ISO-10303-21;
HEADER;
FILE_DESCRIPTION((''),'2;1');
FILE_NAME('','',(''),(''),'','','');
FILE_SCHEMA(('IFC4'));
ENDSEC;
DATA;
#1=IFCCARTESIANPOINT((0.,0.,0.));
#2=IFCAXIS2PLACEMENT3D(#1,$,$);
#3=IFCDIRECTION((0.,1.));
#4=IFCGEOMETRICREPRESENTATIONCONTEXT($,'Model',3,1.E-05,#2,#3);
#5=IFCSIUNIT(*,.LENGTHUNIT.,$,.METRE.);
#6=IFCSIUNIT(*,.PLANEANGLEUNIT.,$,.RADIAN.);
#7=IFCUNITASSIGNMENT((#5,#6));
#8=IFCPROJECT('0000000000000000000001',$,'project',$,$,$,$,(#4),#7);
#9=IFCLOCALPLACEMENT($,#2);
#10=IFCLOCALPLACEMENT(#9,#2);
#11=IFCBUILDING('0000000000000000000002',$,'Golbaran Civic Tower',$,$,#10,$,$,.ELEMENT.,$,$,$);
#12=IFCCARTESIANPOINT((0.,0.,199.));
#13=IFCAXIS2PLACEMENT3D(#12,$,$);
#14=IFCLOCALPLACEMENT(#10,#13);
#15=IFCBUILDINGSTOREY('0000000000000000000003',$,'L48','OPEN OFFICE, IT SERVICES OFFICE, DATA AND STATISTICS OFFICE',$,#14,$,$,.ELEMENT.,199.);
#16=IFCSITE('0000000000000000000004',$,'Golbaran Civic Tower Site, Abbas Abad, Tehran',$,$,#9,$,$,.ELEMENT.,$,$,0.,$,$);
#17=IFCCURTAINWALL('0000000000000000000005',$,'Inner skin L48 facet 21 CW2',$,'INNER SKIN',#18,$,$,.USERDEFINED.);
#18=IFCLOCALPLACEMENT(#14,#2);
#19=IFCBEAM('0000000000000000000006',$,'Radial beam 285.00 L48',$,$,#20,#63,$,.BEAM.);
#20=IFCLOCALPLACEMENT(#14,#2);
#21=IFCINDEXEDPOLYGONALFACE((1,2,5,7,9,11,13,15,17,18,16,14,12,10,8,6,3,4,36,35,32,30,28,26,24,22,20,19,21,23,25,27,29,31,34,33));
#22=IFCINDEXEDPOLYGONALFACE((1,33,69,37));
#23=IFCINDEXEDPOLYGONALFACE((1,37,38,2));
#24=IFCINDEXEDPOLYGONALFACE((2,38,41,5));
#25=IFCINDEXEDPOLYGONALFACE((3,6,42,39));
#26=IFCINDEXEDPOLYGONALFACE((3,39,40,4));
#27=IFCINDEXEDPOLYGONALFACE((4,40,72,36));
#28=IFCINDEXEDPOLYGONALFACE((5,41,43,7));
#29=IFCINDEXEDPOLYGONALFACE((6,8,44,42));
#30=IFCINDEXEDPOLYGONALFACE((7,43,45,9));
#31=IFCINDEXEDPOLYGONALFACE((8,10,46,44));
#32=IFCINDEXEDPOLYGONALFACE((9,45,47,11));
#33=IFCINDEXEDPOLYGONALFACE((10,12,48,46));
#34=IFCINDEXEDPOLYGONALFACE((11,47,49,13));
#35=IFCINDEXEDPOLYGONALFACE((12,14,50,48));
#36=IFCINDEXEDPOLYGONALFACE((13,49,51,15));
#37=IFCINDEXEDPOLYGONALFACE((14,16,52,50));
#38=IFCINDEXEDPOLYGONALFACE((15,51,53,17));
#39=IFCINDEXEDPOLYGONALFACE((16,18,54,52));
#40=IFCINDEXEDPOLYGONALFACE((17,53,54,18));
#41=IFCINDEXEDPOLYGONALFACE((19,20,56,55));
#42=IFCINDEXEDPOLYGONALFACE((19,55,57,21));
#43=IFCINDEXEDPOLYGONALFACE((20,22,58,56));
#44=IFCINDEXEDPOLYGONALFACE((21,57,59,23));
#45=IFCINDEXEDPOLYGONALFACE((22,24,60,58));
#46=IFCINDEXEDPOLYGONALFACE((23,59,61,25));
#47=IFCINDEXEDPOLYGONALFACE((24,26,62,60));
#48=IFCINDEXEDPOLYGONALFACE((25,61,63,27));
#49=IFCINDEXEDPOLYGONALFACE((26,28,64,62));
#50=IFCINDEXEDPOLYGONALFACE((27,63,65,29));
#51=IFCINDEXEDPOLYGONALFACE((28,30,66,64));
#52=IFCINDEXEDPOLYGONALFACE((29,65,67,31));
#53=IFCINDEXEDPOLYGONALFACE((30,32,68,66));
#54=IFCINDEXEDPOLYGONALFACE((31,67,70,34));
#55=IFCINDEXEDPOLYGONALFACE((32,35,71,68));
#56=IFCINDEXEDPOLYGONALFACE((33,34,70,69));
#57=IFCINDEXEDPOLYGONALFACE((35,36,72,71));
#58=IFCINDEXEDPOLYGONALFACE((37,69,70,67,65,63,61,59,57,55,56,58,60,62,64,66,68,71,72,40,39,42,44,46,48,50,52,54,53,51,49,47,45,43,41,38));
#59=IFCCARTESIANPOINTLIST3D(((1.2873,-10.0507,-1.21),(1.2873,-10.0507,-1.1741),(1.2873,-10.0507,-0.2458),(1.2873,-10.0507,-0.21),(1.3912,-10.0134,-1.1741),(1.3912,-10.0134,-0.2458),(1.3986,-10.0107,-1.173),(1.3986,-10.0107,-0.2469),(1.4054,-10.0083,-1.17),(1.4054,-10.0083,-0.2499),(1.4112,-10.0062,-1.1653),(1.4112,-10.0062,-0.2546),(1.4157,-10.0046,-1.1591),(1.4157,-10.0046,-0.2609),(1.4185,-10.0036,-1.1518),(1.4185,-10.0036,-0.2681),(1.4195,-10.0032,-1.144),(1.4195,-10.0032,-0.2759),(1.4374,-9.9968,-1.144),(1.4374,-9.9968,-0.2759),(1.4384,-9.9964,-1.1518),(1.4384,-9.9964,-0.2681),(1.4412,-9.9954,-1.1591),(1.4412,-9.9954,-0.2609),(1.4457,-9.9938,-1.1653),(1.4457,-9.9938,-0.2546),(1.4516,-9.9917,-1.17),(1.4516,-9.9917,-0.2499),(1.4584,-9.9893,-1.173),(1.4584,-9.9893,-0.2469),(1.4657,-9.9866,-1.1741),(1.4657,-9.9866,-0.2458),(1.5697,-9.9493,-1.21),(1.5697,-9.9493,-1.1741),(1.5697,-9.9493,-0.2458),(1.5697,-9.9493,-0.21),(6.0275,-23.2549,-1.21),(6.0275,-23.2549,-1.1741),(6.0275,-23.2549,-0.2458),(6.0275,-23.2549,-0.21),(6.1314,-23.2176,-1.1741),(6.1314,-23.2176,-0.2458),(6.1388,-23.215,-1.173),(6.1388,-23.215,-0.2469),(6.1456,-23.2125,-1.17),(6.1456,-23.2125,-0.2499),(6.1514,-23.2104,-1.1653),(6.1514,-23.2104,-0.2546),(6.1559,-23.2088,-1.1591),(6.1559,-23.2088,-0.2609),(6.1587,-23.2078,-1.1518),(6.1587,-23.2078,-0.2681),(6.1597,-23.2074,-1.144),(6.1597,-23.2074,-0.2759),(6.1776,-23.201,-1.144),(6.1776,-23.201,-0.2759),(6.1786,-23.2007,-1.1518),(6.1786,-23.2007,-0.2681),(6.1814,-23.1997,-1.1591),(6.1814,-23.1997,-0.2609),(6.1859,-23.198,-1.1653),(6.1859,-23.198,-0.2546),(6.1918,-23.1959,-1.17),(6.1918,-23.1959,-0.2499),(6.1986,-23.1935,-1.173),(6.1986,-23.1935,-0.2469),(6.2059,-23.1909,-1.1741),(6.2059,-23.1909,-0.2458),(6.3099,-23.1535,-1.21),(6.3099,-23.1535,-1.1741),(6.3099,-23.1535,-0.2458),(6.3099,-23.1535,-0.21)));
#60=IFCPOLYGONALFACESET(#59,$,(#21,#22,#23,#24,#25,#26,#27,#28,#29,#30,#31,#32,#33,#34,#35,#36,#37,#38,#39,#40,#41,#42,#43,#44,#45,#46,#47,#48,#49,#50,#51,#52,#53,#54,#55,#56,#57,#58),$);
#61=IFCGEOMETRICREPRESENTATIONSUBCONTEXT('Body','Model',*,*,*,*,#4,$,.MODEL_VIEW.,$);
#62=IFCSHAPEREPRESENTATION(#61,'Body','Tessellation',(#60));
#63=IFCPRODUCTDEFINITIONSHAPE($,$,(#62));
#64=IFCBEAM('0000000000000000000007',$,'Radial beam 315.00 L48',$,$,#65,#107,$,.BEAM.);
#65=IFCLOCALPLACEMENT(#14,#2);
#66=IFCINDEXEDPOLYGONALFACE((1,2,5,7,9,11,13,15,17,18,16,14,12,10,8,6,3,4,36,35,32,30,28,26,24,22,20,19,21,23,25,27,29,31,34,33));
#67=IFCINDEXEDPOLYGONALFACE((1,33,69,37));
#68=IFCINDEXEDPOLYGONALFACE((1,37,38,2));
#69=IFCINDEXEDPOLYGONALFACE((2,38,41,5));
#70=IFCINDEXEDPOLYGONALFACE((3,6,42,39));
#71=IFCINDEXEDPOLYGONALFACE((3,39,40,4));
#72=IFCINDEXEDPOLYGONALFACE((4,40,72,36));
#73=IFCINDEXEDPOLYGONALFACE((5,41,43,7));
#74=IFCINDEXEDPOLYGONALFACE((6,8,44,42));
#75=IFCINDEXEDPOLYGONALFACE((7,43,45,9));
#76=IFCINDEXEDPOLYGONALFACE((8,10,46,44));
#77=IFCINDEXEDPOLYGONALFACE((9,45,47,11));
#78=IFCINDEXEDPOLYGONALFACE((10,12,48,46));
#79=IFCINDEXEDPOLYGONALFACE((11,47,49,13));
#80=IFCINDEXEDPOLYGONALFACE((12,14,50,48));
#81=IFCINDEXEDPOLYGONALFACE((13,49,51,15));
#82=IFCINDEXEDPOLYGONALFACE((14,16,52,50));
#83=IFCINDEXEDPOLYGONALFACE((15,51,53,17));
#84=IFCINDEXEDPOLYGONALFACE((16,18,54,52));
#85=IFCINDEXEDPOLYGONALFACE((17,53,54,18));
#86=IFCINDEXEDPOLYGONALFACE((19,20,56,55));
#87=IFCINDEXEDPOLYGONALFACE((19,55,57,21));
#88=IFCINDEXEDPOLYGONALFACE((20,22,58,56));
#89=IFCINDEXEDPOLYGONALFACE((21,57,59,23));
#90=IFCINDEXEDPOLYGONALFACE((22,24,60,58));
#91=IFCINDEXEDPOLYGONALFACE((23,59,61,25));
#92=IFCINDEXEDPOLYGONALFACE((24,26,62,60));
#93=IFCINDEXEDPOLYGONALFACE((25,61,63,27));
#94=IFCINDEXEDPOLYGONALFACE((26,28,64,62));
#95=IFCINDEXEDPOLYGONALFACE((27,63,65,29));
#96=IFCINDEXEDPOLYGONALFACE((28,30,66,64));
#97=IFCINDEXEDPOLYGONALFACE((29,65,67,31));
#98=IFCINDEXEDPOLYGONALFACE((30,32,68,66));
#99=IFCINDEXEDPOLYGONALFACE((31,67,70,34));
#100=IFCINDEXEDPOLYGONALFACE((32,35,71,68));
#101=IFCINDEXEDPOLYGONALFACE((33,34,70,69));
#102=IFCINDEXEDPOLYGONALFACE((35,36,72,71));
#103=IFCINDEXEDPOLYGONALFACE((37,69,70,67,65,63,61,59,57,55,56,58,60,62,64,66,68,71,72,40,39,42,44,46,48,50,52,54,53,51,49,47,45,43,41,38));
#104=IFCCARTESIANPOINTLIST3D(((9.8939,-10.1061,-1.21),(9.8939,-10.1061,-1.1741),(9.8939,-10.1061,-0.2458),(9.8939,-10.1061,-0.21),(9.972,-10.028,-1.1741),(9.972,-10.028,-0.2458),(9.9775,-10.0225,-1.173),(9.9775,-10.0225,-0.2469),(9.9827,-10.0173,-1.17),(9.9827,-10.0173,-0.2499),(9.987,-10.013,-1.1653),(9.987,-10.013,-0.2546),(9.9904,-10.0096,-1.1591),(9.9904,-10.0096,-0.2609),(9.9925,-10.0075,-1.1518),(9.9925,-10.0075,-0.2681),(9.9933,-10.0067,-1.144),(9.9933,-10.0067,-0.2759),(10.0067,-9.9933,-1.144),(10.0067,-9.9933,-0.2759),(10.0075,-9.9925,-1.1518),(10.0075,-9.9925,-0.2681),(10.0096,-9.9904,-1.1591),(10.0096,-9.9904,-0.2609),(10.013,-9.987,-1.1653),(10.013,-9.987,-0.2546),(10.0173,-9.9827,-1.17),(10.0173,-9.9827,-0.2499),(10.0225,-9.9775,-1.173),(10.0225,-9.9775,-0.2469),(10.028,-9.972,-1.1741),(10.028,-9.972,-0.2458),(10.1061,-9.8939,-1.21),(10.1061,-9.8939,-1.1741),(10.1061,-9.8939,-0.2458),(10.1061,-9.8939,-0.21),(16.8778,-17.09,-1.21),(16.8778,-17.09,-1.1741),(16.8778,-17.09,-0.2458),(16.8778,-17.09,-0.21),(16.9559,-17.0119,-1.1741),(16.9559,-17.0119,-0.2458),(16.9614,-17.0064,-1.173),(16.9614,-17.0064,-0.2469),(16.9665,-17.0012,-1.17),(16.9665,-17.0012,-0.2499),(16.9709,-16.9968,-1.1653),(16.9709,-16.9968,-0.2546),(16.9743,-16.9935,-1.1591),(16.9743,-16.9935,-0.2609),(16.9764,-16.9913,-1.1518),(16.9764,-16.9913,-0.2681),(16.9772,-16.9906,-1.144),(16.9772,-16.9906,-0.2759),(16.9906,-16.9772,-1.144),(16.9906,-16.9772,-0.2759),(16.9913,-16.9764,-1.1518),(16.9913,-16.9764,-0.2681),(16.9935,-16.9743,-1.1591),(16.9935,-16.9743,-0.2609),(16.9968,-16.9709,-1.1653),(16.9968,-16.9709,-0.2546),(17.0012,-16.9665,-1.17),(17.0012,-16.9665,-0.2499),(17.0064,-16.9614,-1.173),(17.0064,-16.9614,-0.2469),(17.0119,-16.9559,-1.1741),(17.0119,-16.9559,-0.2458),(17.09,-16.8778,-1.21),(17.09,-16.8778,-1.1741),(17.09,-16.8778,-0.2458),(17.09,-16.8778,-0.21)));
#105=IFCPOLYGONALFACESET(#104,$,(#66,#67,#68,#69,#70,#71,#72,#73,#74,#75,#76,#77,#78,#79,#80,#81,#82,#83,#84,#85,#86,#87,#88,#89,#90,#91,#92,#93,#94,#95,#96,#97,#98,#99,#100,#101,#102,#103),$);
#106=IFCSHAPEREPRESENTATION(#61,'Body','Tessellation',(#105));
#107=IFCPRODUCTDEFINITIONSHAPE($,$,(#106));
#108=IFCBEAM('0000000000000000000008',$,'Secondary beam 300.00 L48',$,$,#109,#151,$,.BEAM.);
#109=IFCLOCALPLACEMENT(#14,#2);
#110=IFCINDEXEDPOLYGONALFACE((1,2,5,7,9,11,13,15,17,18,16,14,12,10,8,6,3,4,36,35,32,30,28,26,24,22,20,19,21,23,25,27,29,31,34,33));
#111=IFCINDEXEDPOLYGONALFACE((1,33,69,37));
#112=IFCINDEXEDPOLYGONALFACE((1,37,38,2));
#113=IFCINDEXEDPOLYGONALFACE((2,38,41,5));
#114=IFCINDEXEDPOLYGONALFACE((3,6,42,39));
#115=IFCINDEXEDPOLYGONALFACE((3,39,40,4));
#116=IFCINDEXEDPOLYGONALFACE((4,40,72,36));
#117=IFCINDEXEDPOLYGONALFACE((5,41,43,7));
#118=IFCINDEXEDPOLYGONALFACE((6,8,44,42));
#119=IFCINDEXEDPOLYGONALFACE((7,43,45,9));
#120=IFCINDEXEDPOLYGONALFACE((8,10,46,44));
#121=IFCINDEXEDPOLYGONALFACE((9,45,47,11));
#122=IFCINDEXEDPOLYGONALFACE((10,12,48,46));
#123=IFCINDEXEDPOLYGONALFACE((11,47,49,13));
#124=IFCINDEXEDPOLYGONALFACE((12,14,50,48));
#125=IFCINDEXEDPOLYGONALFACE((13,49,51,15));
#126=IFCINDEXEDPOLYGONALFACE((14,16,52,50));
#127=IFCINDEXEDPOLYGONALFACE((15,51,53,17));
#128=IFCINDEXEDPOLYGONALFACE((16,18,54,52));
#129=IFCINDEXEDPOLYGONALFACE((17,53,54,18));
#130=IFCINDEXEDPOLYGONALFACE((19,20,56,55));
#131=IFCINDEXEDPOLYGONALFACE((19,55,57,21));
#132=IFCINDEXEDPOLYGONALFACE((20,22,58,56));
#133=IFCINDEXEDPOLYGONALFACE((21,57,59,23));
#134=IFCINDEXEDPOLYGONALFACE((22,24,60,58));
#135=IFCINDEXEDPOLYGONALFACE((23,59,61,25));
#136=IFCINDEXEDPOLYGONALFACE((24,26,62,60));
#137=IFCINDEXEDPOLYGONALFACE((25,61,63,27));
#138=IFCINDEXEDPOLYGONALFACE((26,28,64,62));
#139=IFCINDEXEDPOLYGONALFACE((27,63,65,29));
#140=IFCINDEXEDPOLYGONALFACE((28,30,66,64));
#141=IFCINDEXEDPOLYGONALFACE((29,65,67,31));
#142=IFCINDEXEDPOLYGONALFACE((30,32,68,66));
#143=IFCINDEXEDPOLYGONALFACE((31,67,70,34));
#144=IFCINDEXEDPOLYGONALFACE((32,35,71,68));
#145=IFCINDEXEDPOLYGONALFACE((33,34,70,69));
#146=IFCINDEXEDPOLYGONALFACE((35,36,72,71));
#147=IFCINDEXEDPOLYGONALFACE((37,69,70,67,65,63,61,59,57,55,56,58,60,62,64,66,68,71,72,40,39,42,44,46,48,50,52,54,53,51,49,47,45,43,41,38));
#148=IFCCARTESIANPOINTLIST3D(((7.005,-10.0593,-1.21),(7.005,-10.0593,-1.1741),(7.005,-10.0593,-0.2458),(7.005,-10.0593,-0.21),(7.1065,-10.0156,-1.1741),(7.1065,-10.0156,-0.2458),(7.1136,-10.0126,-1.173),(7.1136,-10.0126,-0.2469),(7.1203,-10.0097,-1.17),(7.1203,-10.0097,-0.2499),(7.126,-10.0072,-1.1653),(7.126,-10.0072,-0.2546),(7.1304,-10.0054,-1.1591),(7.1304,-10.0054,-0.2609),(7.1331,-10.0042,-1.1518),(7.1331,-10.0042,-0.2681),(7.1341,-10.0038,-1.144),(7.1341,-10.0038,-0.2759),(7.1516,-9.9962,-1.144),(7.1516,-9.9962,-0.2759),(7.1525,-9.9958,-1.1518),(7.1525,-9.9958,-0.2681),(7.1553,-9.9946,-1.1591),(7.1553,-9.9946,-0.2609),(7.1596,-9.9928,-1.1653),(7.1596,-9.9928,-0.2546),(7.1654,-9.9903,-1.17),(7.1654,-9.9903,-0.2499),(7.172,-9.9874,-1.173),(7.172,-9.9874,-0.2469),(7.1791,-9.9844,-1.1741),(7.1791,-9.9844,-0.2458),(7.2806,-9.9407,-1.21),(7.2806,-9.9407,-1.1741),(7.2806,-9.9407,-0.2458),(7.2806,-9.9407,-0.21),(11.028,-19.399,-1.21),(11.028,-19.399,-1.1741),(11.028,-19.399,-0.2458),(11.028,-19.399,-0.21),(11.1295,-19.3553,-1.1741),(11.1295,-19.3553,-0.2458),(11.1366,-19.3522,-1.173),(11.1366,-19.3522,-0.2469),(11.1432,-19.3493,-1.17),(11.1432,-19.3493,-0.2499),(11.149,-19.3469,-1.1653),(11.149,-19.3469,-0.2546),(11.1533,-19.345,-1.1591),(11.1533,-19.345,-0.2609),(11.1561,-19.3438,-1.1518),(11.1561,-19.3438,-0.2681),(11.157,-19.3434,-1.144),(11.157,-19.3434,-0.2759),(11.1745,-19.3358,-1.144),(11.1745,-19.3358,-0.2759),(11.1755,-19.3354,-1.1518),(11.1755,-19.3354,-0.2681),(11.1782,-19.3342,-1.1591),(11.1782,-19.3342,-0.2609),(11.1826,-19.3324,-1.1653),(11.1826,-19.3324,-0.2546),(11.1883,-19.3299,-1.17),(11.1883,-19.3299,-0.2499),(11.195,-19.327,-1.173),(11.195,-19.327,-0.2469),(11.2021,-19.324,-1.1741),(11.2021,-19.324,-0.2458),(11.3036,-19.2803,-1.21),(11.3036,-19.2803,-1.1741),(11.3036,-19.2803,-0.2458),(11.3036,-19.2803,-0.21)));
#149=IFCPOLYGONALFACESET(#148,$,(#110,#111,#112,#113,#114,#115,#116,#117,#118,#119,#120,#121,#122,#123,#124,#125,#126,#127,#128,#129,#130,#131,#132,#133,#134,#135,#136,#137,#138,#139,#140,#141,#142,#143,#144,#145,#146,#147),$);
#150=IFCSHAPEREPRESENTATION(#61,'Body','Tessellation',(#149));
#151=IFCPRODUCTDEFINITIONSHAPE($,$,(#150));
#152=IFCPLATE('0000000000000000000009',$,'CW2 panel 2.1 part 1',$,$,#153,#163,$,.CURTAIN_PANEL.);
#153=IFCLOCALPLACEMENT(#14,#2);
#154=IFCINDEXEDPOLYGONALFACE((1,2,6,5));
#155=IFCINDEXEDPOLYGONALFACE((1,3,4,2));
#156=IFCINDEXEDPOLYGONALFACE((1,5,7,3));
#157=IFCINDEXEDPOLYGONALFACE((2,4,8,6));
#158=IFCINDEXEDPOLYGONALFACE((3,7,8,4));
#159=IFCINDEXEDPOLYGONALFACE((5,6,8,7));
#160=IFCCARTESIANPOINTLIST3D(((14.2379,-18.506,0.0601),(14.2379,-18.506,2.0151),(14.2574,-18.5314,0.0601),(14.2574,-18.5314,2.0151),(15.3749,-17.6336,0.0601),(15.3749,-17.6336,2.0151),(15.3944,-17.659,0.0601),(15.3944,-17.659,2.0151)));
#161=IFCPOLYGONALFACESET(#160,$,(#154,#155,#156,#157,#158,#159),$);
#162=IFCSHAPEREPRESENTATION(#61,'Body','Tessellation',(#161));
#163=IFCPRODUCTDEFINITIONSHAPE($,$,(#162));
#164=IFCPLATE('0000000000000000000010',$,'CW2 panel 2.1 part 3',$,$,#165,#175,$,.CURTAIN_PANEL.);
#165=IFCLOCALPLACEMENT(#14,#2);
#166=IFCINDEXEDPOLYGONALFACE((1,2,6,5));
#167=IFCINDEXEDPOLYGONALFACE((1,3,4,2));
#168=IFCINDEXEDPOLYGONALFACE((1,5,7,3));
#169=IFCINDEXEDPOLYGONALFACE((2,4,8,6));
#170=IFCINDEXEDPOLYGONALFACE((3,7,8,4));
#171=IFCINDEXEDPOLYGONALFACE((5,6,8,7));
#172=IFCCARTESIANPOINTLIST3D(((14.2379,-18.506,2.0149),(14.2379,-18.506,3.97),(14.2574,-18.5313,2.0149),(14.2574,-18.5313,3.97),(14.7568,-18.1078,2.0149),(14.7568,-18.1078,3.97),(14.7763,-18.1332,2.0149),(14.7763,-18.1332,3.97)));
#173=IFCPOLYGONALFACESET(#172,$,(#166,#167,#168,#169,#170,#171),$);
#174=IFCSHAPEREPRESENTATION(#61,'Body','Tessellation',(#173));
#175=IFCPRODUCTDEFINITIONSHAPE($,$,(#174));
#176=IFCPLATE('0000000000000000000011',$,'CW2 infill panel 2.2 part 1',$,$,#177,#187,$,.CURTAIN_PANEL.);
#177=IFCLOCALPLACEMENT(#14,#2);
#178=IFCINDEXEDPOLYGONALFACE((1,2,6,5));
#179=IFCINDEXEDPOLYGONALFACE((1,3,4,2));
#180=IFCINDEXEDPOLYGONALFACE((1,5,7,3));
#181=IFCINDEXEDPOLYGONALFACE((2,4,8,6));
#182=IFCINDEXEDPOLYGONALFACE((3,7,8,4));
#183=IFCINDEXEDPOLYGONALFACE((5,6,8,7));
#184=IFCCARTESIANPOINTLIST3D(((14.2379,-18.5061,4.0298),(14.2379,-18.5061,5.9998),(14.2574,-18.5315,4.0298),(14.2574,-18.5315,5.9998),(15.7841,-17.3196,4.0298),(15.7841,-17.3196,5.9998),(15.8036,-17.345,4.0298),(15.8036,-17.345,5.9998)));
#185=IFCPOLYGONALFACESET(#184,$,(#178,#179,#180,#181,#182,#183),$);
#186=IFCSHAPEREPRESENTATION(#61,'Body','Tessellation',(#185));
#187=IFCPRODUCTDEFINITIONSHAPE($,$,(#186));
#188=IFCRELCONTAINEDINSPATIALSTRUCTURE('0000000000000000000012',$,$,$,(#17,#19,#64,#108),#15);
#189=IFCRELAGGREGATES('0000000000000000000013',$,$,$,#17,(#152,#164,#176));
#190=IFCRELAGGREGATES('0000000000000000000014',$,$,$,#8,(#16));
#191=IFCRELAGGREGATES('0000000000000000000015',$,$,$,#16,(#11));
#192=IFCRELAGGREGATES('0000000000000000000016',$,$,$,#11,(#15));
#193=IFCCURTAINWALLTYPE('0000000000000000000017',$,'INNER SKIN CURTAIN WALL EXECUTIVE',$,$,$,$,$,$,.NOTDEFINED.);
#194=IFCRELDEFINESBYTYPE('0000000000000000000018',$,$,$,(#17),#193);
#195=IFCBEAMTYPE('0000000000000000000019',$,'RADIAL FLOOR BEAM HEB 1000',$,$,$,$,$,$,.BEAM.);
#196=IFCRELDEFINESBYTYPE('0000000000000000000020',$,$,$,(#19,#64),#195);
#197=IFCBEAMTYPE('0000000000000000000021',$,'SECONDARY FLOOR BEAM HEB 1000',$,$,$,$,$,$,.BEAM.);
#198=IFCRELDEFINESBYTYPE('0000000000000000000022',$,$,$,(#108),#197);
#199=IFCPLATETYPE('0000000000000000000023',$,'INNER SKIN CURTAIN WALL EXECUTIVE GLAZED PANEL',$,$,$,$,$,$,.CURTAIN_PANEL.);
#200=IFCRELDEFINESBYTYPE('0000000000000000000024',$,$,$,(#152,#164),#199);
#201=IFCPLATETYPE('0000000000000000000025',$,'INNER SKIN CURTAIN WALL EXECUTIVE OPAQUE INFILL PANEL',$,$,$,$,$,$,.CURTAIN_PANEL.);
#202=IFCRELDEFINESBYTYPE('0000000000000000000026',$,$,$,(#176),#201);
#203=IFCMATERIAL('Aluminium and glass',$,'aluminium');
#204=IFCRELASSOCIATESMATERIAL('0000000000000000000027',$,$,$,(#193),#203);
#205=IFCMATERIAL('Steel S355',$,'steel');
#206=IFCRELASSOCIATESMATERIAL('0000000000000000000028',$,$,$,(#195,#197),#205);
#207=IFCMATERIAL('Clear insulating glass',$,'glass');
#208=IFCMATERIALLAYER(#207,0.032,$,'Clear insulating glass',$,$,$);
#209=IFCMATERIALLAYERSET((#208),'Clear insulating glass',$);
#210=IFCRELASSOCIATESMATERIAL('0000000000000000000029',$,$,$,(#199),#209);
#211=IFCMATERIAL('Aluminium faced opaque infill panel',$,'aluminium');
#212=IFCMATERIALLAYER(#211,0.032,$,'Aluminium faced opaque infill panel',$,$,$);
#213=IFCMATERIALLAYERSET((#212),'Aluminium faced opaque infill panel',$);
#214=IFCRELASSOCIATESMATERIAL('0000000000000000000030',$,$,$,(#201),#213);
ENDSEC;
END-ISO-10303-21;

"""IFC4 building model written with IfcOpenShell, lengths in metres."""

from ifc_helpers import new_model, si_unit, direction, frame, origin, origin_2d, place, context, subcontext, project, spatial, rectangle, i_section, extrude, material, layer, layer_set, material_profile, profile_set, type_object, element, aggregate, save


model = new_model("IFC4")

# Units and contexts
model_context = context("Model", 3, precision=1e-05, world=origin(), true_north=direction((0.0, 1.0)))
body_context = subcontext(model_context, "Body", "Model", "MODEL_VIEW")
ifc_project = project(units=[si_unit("LENGTHUNIT", "METRE"), si_unit("PLANEANGLEUNIT", "RADIAN")], contexts=[model_context])

# Site, building, storey
site_placement = place(None, origin())
site = spatial("IfcSite", under=ifc_project, at=site_placement, Name="Golbaran Civic Tower Site, Abbas Abad, Tehran", CompositionType="ELEMENT", RefElevation=0.0)
building_placement = place(site_placement, origin())
building = spatial("IfcBuilding", under=site, at=building_placement, Name="Golbaran Civic Tower", CompositionType="ELEMENT")
storey_placement = place(building_placement, frame((0.0, 0.0, 199.0)))
storey = spatial("IfcBuildingStorey", under=building, at=storey_placement, Name="L48", Description="OPEN OFFICE, IT SERVICES OFFICE, DATA AND STATISTICS OFFICE", CompositionType="ELEMENT", Elevation=199.0)

# Shared definitions
ifc_material_1 = material(Name="Steel S355", Category="steel")

# Curtain wall
ifc_material_2 = material(Name="Aluminium and glass", Category="aluminium")
curtain_wall_type = type_object("IfcCurtainWallType", Name="INNER SKIN CURTAIN WALL EXECUTIVE", PredefinedType="NOTDEFINED", material=ifc_material_2)
curtain_wall_placement = place(storey_placement, origin())
curtain_wall = element("IfcCurtainWall", 1, at=curtain_wall_placement, inside=storey, type_object=curtain_wall_type, Name="Inner skin L48 facet 21 CW2", ObjectType="INNER SKIN", PredefinedType="USERDEFINED")

# Beams
ifc_material_profile_1 = material_profile(ifc_material_1, i_section(OverallWidth=0.3, OverallDepth=1.0, WebThickness=0.019, FlangeThickness=0.0359, FilletRadius=0.03, at=origin_2d()), Name="HEB 1000")
ifc_profile_set_1 = profile_set([ifc_material_profile_1], Name="Steel S355")
beam_type_1 = type_object("IfcBeamType", Name="RADIAL FLOOR BEAM HEB 1000", PredefinedType="BEAM", material=ifc_profile_set_1)
beam_1_placement = place(storey_placement, frame((1.4285, -10.0, -0.71), z_axis=(0.337878, -0.94119, 0.0), x_axis=(0.94119, 0.337878, 0.0)))
element("IfcBeam", 2, at=beam_1_placement, inside=storey, type_object=beam_type_1, Name="Radial beam 285.00 L48", PredefinedType="BEAM", context=body_context, shape_type="SweptSolid", body=[
    extrude(i_section(OverallWidth=0.3, OverallDepth=1.0, WebThickness=0.019, FlangeThickness=0.0359, FilletRadius=0.03, at=origin_2d()), origin(), (0.0, 0.0, 1.0), 14.0293),
])
beam_2_placement = place(storey_placement, frame((10.0, -10.0, -0.71), z_axis=(0.707107, -0.707107, 0.0), x_axis=(0.707107, 0.707107, 0.0)))
element("IfcBeam", 3, at=beam_2_placement, inside=storey, type_object=beam_type_1, Name="Radial beam 315.00 L48", PredefinedType="BEAM", context=body_context, shape_type="SweptSolid", body=[
    extrude(i_section(OverallWidth=0.3, OverallDepth=1.0, WebThickness=0.019, FlangeThickness=0.0359, FilletRadius=0.03, at=origin_2d()), origin(), (0.0, 0.0, 1.0), 9.8767),
])
ifc_material_profile_2 = material_profile(ifc_material_1, i_section(OverallWidth=0.3, OverallDepth=1.0, WebThickness=0.019, FlangeThickness=0.0359, FilletRadius=0.03, at=origin_2d()), Name="HEB 1000")
ifc_profile_set_2 = profile_set([ifc_material_profile_2], Name="Steel S355")
beam_type_2 = type_object("IfcBeamType", Name="SECONDARY FLOOR BEAM HEB 1000", PredefinedType="BEAM", material=ifc_profile_set_2)
beam_3_placement = place(storey_placement, frame((7.1428, -10.0, -0.71), z_axis=(0.395602, -0.918422, 0.0), x_axis=(0.918422, 0.395602, 0.0)))
element("IfcBeam", 4, at=beam_3_placement, inside=storey, type_object=beam_type_2, Name="Secondary beam 300.00 L48", PredefinedType="BEAM", context=body_context, shape_type="SweptSolid", body=[
    extrude(i_section(OverallWidth=0.3, OverallDepth=1.0, WebThickness=0.019, FlangeThickness=0.0359, FilletRadius=0.03, at=origin_2d()), origin(), (0.0, 0.0, 1.0), 10.1692),
])

# Plates
ifc_material_3 = material(Name="Clear insulating glass", Category="glass")
ifc_layer_1 = layer(ifc_material_3, 0.032, Name="Clear insulating glass")
ifc_layer_set_1 = layer_set([ifc_layer_1], Name="Clear insulating glass")
plate_type_1 = type_object("IfcPlateType", Name="INNER SKIN CURTAIN WALL EXECUTIVE GLAZED PANEL", PredefinedType="CURTAIN_PANEL", material=ifc_layer_set_1)
plate_1_placement = place(storey_placement, frame((14.8162, -18.0825, 0.0601), z_axis=(0.0, 0.0, 1.0), x_axis=(0.793353, 0.608761, 0.0)))
plate_1 = element("IfcPlate", 5, at=plate_1_placement, type_object=plate_type_1, Name="CW2 panel 2.1 part 1", PredefinedType="CURTAIN_PANEL", context=body_context, shape_type="SweptSolid", body=[
    extrude(rectangle(XDim=1.4331, YDim=0.032, at=origin_2d()), origin(), (0.0, 0.0, 1.0), 1.9551),
])
plate_2_placement = place(storey_placement, frame((14.5071, -18.3196, 2.0149), z_axis=(0.0, 0.0, 1.0), x_axis=(0.793353, 0.608761, 0.0)))
plate_2 = element("IfcPlate", 6, at=plate_2_placement, type_object=plate_type_1, Name="CW2 panel 2.1 part 3", PredefinedType="CURTAIN_PANEL", context=body_context, shape_type="SweptSolid", body=[
    extrude(rectangle(XDim=0.6541, YDim=0.032, at=origin_2d()), origin(), (0.0, 0.0, 1.0), 1.9551),
])
ifc_material_4 = material(Name="Aluminium faced opaque infill panel", Category="aluminium")
ifc_layer_2 = layer(ifc_material_4, 0.032, Name="Aluminium faced opaque infill panel")
ifc_layer_set_2 = layer_set([ifc_layer_2], Name="Aluminium faced opaque infill panel")
plate_type_2 = type_object("IfcPlateType", Name="INNER SKIN CURTAIN WALL EXECUTIVE OPAQUE INFILL PANEL", PredefinedType="CURTAIN_PANEL", material=ifc_layer_set_2)
plate_3_placement = place(storey_placement, frame((15.0208, -17.9255, 4.0298), z_axis=(0.0, 0.0, 1.0), x_axis=(0.793353, 0.608761, 0.0)))
plate_3 = element("IfcPlate", 7, at=plate_3_placement, type_object=plate_type_2, Name="CW2 infill panel 2.2 part 1", PredefinedType="CURTAIN_PANEL", context=body_context, shape_type="SweptSolid", body=[
    extrude(rectangle(XDim=1.949, YDim=0.032, at=origin_2d()), origin(), (0.0, 0.0, 1.0), 1.97),
])
aggregate(curtain_wall, [plate_1, plate_2, plate_3])

save(model, "model.ifc")
